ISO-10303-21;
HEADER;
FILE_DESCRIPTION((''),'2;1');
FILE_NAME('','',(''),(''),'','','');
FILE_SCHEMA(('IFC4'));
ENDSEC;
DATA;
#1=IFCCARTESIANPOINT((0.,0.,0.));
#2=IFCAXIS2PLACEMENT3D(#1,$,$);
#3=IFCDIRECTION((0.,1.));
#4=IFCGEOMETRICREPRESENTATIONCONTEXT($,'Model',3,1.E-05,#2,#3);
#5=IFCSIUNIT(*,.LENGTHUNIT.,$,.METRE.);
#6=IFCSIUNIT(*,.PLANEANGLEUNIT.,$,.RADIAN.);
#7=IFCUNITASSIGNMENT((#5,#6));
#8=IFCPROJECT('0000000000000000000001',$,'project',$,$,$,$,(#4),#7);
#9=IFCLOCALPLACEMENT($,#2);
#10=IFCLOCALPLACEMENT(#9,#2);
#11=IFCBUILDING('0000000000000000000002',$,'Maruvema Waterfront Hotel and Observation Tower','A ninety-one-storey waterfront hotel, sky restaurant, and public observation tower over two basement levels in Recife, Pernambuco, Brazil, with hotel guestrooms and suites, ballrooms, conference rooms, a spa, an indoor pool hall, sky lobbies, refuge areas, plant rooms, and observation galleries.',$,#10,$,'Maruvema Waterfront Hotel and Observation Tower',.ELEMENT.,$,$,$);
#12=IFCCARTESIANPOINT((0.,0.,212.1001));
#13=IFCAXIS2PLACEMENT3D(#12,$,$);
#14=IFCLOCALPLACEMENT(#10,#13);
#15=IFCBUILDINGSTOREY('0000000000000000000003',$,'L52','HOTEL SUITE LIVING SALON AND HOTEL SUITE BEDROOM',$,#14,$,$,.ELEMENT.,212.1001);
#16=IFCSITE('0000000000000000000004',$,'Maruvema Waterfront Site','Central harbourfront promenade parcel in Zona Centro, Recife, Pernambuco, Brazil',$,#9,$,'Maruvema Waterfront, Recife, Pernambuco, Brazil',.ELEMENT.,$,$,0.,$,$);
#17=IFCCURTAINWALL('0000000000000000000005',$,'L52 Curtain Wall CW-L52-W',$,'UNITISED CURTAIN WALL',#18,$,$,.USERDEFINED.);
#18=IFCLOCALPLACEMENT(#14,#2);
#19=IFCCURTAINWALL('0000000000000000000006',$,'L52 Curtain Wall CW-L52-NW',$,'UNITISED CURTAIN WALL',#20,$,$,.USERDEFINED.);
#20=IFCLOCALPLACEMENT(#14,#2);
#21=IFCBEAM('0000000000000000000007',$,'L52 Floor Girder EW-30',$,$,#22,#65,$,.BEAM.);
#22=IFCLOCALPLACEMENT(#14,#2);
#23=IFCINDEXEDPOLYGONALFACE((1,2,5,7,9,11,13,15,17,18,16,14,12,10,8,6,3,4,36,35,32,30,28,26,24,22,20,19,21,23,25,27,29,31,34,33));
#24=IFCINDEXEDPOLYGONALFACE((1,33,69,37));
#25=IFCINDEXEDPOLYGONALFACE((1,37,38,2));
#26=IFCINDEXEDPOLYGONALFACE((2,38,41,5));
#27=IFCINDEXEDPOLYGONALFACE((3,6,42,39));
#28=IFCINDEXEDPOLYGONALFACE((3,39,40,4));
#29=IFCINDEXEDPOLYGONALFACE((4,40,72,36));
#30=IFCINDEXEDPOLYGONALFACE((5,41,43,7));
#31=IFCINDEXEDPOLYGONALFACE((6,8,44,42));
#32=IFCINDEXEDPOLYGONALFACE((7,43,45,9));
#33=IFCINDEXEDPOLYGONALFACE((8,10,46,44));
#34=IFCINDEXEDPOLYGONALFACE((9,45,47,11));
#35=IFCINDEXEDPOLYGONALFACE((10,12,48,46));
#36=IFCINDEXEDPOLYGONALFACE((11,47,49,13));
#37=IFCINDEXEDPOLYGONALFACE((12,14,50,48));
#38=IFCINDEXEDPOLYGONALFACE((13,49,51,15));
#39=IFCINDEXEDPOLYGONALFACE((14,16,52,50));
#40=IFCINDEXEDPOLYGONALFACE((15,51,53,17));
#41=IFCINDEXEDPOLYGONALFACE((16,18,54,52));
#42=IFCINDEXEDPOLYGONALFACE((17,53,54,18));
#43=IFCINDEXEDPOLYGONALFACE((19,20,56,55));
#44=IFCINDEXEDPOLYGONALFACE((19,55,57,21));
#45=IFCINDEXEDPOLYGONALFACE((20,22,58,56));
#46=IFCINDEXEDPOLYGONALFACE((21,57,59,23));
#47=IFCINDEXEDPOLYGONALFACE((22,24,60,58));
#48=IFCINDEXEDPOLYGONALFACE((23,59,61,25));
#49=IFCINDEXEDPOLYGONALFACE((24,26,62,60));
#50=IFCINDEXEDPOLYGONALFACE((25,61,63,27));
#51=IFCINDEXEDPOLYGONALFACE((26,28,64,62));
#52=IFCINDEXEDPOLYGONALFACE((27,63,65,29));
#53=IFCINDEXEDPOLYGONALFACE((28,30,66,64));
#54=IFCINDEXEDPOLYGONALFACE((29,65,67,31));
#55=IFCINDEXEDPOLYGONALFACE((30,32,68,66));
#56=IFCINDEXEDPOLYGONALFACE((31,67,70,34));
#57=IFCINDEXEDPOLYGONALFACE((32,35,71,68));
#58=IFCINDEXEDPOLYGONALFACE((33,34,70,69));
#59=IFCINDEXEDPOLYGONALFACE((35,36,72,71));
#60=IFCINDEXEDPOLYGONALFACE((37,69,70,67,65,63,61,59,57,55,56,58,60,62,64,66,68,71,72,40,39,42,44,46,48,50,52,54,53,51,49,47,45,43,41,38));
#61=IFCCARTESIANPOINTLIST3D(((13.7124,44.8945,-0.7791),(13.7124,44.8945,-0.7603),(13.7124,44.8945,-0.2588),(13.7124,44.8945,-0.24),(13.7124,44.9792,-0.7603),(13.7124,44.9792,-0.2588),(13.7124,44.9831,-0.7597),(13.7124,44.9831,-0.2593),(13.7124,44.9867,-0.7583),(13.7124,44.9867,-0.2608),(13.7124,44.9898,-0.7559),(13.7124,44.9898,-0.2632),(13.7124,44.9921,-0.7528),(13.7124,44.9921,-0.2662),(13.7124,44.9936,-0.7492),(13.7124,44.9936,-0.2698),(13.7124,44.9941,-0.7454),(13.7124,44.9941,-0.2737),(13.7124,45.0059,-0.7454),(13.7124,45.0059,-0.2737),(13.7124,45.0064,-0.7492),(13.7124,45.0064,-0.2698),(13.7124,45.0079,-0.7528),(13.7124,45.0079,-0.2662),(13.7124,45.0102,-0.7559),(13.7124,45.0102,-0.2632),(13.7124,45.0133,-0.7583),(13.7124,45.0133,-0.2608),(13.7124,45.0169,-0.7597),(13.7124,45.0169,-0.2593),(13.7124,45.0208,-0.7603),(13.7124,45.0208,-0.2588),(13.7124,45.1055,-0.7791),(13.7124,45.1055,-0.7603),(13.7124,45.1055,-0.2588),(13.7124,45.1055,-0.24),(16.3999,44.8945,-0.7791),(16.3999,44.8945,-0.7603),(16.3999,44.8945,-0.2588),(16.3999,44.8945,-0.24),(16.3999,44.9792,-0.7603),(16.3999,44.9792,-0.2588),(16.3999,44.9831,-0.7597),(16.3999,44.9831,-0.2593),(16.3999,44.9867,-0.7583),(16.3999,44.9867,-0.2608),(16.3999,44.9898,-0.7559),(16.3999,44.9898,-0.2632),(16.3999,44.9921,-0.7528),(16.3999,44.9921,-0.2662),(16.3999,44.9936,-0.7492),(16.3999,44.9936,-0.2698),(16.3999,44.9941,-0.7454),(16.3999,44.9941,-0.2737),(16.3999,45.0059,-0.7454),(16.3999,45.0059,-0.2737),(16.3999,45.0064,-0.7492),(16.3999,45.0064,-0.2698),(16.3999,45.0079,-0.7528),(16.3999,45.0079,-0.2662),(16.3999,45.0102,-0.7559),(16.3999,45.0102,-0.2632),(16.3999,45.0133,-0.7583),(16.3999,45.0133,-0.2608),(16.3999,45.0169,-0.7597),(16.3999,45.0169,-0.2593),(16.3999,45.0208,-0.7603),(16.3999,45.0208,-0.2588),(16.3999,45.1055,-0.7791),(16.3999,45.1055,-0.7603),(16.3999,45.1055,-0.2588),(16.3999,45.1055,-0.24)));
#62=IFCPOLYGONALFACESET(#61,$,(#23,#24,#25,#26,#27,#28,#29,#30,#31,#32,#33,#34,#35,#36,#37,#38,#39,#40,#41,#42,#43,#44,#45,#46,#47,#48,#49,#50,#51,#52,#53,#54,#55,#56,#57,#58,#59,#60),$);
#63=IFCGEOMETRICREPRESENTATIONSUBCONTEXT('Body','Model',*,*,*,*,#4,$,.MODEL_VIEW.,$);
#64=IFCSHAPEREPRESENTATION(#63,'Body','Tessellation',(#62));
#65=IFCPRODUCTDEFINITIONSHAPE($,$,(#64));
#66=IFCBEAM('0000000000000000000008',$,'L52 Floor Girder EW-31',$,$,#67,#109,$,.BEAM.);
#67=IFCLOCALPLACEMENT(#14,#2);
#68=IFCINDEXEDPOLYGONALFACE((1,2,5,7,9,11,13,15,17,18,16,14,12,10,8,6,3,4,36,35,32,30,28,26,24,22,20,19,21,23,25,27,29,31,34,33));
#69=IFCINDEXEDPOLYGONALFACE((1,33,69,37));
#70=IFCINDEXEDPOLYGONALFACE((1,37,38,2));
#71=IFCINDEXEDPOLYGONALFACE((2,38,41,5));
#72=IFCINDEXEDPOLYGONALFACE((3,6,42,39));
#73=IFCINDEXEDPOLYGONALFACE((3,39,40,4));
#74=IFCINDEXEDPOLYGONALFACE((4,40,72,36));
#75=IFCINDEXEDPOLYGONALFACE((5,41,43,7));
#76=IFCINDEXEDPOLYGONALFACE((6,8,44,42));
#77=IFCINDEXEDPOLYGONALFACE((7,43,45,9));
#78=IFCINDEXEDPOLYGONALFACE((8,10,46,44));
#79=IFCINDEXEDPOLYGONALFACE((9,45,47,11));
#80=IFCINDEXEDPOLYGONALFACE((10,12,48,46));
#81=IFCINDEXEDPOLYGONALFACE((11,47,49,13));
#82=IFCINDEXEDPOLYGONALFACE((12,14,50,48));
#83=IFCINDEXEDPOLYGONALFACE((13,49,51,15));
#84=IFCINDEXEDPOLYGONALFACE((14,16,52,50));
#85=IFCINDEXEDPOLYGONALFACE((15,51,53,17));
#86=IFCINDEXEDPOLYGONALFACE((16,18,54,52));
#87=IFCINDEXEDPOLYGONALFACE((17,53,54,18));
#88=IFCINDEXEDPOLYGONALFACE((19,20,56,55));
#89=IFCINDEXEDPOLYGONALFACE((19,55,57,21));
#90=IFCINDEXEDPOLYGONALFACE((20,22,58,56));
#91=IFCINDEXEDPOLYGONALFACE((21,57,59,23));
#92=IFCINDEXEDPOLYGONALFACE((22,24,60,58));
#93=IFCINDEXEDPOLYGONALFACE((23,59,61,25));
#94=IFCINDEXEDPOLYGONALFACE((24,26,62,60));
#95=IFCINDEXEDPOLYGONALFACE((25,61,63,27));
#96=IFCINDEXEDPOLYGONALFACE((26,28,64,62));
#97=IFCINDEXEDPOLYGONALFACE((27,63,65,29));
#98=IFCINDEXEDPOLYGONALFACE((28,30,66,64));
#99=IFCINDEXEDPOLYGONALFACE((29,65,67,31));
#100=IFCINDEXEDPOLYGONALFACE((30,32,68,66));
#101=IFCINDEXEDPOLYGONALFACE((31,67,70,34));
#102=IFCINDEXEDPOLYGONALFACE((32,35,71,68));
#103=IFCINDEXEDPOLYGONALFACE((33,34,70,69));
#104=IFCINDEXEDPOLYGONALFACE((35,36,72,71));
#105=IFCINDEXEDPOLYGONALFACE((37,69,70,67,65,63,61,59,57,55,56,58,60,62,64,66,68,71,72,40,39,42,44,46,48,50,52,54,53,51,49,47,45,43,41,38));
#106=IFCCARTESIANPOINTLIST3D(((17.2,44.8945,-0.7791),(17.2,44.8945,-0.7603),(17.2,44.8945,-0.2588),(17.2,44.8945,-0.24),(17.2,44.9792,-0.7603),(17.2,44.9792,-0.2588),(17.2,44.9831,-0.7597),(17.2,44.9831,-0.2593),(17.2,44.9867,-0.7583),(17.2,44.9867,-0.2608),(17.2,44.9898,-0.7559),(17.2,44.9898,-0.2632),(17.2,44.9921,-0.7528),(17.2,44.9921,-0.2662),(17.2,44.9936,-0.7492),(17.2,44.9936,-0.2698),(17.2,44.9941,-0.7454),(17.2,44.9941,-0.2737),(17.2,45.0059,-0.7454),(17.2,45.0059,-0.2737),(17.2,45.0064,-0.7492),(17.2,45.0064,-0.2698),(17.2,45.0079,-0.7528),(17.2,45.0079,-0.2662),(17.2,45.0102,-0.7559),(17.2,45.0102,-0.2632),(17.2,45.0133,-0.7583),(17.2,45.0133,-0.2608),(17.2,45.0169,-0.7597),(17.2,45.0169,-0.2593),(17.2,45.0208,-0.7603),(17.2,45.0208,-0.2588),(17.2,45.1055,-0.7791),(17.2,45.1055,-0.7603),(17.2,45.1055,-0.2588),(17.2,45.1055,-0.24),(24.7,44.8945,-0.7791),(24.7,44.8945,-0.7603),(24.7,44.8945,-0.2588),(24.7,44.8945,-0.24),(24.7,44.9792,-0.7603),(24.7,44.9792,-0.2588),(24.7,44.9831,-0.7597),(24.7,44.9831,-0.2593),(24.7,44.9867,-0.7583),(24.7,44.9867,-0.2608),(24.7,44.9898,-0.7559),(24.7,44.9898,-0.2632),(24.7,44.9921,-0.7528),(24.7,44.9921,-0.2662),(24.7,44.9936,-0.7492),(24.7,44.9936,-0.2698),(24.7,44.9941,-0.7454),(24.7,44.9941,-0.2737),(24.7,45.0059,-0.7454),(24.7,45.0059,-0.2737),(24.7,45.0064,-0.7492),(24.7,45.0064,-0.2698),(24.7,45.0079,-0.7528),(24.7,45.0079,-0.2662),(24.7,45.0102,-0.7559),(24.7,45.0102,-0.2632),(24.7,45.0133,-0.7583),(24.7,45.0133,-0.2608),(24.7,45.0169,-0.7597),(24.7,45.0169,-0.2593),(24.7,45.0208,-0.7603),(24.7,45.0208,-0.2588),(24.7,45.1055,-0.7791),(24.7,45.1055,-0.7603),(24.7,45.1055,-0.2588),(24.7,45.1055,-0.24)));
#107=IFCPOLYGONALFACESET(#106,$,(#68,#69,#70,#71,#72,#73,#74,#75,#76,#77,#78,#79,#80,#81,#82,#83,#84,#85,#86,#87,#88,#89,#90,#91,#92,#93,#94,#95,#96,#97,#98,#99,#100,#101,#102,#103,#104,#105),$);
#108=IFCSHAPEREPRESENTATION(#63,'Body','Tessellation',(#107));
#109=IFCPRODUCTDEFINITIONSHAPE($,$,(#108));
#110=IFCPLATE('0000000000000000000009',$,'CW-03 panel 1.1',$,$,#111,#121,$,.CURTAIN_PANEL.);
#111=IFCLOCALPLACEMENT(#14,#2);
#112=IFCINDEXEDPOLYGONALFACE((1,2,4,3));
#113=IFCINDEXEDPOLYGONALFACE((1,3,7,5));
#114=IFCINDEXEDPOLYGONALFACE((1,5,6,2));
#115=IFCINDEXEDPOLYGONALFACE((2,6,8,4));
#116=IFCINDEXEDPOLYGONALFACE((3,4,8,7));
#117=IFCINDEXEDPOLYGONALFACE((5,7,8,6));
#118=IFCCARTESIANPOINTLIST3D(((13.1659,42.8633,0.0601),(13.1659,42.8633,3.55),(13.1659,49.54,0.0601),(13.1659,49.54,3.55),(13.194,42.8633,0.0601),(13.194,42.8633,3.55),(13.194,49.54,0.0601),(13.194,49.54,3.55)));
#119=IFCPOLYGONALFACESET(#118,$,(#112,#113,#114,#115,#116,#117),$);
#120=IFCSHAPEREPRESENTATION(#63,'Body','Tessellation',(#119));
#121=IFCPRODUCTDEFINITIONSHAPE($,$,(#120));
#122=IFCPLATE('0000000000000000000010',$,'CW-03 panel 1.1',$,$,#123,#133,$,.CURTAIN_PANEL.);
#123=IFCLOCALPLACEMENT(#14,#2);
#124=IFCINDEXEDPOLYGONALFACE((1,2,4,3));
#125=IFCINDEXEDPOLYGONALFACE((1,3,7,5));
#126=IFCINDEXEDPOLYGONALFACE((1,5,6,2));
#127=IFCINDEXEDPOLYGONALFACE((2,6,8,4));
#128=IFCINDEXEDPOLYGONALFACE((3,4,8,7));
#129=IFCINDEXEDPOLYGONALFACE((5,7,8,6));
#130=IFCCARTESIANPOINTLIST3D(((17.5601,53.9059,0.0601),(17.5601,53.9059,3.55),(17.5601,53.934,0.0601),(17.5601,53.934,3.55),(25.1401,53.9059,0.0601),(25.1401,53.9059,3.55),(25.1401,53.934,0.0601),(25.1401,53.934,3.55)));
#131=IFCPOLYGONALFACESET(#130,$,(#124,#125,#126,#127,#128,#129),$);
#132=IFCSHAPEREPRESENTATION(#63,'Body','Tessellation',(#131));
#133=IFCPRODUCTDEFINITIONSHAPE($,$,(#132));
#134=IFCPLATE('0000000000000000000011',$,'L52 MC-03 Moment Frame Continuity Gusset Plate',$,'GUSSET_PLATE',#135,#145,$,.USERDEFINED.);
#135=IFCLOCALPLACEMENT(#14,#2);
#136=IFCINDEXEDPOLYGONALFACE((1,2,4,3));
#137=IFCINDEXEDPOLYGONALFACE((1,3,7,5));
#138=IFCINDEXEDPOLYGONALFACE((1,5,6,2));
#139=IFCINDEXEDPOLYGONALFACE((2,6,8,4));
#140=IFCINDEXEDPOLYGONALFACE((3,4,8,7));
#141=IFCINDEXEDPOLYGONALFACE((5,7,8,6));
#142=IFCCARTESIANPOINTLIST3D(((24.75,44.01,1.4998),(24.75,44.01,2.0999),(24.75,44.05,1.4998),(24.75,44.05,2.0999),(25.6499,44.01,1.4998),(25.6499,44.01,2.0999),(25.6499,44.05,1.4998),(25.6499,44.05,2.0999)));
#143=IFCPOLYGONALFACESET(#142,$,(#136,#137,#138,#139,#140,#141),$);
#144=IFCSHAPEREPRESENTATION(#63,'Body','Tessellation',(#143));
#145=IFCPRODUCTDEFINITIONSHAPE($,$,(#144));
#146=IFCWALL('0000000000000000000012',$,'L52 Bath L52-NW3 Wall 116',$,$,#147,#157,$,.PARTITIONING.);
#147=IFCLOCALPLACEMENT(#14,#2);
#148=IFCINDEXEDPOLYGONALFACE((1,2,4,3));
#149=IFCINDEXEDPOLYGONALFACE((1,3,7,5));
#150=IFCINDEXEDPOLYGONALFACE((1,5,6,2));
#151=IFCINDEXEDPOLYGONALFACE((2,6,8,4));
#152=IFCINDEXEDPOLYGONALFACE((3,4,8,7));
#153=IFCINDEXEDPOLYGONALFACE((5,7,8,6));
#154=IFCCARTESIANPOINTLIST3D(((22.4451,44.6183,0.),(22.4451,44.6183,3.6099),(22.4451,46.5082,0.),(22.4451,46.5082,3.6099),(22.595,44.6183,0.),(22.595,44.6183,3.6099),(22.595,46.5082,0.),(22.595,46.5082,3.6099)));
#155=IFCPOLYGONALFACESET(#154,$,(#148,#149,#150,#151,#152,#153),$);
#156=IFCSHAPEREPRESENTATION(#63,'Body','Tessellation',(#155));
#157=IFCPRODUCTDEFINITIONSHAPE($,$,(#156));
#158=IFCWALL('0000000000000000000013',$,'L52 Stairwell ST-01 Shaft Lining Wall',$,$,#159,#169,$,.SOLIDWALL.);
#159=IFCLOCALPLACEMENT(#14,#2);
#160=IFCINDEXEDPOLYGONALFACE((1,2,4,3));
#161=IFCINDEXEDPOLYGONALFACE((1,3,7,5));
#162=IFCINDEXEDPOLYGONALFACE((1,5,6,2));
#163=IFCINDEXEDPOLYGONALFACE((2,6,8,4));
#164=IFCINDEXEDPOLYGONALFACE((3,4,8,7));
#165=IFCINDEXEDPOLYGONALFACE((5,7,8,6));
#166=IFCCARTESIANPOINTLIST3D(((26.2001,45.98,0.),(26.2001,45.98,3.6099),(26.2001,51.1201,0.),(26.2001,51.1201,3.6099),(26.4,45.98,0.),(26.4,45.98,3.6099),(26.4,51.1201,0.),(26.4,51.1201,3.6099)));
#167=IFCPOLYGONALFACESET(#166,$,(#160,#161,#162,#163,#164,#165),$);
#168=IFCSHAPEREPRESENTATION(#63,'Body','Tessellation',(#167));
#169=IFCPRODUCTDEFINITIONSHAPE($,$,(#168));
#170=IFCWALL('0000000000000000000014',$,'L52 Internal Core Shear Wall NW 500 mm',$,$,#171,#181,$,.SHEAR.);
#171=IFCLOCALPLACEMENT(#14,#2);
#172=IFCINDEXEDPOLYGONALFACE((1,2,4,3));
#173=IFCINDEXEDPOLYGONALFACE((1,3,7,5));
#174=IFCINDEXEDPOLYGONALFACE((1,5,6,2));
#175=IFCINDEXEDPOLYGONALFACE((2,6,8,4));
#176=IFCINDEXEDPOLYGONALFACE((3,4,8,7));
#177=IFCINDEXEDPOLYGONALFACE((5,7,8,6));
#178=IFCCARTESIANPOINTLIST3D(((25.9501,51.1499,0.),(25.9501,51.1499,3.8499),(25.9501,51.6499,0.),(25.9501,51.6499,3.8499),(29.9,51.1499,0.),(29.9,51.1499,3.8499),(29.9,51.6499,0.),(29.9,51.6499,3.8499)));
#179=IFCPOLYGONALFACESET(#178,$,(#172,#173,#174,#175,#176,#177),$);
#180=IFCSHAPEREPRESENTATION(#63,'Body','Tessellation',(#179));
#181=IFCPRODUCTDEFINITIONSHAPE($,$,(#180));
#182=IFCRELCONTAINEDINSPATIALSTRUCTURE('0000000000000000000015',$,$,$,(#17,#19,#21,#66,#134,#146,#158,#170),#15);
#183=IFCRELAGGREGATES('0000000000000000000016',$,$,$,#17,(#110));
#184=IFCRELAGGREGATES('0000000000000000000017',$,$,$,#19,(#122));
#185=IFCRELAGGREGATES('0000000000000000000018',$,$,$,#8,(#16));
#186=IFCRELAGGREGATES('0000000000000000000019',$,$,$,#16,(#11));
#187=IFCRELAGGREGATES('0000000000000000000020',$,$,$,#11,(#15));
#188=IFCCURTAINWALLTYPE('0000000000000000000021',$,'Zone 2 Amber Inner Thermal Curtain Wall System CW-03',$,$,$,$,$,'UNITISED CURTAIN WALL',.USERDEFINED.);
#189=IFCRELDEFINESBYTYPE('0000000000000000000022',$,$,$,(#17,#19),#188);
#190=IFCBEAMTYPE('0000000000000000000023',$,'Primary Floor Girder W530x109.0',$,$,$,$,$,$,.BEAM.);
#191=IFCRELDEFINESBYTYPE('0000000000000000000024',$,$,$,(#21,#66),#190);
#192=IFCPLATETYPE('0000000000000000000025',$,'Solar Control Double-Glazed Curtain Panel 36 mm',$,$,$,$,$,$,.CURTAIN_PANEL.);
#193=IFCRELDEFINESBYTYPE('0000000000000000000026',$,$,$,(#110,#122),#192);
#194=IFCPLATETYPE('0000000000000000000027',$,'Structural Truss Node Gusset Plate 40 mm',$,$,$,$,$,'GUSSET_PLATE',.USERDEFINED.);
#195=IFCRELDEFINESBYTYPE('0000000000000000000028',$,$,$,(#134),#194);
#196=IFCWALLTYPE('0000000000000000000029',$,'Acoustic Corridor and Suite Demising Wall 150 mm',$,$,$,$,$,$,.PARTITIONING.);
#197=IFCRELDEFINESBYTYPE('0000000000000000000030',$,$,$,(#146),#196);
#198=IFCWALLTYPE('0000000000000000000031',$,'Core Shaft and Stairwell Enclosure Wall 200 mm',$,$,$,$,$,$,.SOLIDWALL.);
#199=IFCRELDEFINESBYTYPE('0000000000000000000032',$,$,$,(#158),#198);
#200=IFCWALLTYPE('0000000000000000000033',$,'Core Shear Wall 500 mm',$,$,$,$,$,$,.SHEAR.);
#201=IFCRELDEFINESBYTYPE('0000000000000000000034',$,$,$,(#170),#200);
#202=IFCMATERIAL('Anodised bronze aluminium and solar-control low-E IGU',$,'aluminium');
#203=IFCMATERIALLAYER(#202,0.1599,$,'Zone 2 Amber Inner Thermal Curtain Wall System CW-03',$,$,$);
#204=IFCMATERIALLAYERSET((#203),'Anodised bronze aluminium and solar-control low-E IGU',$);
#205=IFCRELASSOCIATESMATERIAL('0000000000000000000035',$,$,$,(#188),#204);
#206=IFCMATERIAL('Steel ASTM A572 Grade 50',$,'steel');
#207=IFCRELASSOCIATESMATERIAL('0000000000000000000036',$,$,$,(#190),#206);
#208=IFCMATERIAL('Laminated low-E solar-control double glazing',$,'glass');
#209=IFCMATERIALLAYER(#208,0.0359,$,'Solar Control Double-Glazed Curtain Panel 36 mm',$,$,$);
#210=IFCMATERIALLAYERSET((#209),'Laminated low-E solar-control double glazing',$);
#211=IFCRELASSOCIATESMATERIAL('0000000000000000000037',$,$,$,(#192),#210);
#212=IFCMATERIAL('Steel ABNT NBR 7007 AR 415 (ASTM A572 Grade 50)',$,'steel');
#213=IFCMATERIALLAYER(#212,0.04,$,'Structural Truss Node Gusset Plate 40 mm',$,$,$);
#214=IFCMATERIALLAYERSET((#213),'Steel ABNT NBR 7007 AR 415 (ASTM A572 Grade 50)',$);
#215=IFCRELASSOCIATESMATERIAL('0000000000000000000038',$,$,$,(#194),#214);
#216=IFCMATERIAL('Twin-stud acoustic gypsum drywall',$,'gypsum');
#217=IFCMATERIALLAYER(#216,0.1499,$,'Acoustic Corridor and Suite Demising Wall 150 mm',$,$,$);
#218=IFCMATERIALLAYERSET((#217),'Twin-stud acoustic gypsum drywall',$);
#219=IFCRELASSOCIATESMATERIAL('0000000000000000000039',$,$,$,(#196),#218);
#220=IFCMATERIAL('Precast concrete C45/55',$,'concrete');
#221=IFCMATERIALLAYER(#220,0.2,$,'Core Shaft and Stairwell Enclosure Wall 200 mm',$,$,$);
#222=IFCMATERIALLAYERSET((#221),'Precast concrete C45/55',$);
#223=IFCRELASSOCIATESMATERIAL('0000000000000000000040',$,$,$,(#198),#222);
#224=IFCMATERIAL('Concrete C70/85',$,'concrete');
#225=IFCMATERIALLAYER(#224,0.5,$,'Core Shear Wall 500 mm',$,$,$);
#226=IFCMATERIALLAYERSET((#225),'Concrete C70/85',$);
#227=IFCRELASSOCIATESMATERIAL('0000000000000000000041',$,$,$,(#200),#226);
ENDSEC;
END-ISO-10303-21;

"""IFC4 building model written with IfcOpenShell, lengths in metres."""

from ifc_helpers import new_model, si_unit, direction, frame, frame_2d, origin, origin_2d, place, context, subcontext, project, spatial, rectangle, i_section, extrude, material, layer, layer_set, material_profile, profile_set, type_object, element, aggregate, save


model = new_model("IFC4")

# Units and contexts
model_context = context("Model", 3, precision=1e-05, world=origin(), true_north=direction((0.0, 1.0)))
body_context = subcontext(model_context, "Body", "Model", "MODEL_VIEW")
ifc_project = project(units=[si_unit("LENGTHUNIT", "METRE"), si_unit("PLANEANGLEUNIT", "RADIAN")], contexts=[model_context])

# Site, building, storey
site_placement = place(None, origin())
site = spatial("IfcSite", under=ifc_project, at=site_placement, Name="Maruvema Waterfront Site", Description="Central harbourfront promenade parcel in Zona Centro, Recife, Pernambuco, Brazil", LongName="Maruvema Waterfront, Recife, Pernambuco, Brazil", CompositionType="ELEMENT", RefElevation=0.0)
building_placement = place(site_placement, origin())
building = spatial("IfcBuilding", under=site, at=building_placement, Name="Maruvema Waterfront Hotel and Observation Tower", Description="A ninety-one-storey waterfront hotel, sky restaurant, and public observation tower over two basement levels in Recife, Pernambuco, Brazil, with hotel guestrooms and suites, ballrooms, conference rooms, a spa, an indoor pool hall, sky lobbies, refuge areas, plant rooms, and observation galleries.", LongName="Maruvema Waterfront Hotel and Observation Tower", CompositionType="ELEMENT")
storey_placement = place(building_placement, frame((0.0, 0.0, 212.1001)))
storey = spatial("IfcBuildingStorey", under=building, at=storey_placement, Name="L52", Description="HOTEL SUITE LIVING SALON AND HOTEL SUITE BEDROOM", CompositionType="ELEMENT", Elevation=212.1001)

# Curtain walls
ifc_material_1 = material(Name="Anodised bronze aluminium and solar-control low-E IGU", Category="aluminium")
ifc_layer_1 = layer(ifc_material_1, 0.1599, Name="Zone 2 Amber Inner Thermal Curtain Wall System CW-03")
ifc_layer_set_1 = layer_set([ifc_layer_1], Name="Anodised bronze aluminium and solar-control low-E IGU")
curtain_wall_type = type_object("IfcCurtainWallType", Name="Zone 2 Amber Inner Thermal Curtain Wall System CW-03", ElementType="UNITISED CURTAIN WALL", PredefinedType="USERDEFINED", material=ifc_layer_set_1)
curtain_wall_1_placement = place(storey_placement, origin())
curtain_wall_1 = element("IfcCurtainWall", 1, at=curtain_wall_1_placement, inside=storey, type_object=curtain_wall_type, Name="L52 Curtain Wall CW-L52-W", ObjectType="UNITISED CURTAIN WALL", PredefinedType="USERDEFINED")
curtain_wall_2_placement = place(storey_placement, origin())
curtain_wall_2 = element("IfcCurtainWall", 2, at=curtain_wall_2_placement, inside=storey, type_object=curtain_wall_type, Name="L52 Curtain Wall CW-L52-NW", ObjectType="UNITISED CURTAIN WALL", PredefinedType="USERDEFINED")

# Beams
ifc_material_2 = material(Name="Steel ASTM A572 Grade 50", Category="steel")
ifc_material_profile_1 = material_profile(ifc_material_2, i_section(OverallWidth=0.2109, OverallDepth=0.5391, WebThickness=0.0117, FlangeThickness=0.0188, FilletRadius=0.0149, at=origin_2d()), Name="W530x109.0")
ifc_profile_set_1 = profile_set([ifc_material_profile_1], Name="Steel ASTM A572 Grade 50")
beam_type = type_object("IfcBeamType", Name="Primary Floor Girder W530x109.0", PredefinedType="BEAM", material=ifc_profile_set_1)
beam_1_placement = place(storey_placement, frame((13.7124, 45.0, -0.5095), z_axis=(1.0, 0.0, 0.0), x_axis=(0.0, 1.0, 0.0)))
element("IfcBeam", 3, at=beam_1_placement, inside=storey, type_object=beam_type, Name="L52 Floor Girder EW-30", PredefinedType="BEAM", context=body_context, shape_type="SweptSolid", body=[
    extrude(i_section(OverallWidth=0.2109, OverallDepth=0.5391, WebThickness=0.0117, FlangeThickness=0.0188, FilletRadius=0.0149, at=origin_2d()), origin(), (0.0, 0.0, 1.0), 2.6875),
])
beam_2_placement = place(storey_placement, frame((17.2, 45.0, -0.5095), z_axis=(1.0, 0.0, 0.0), x_axis=(0.0, 1.0, 0.0)))
element("IfcBeam", 4, at=beam_2_placement, inside=storey, type_object=beam_type, Name="L52 Floor Girder EW-31", PredefinedType="BEAM", context=body_context, shape_type="SweptSolid", body=[
    extrude(i_section(OverallWidth=0.2109, OverallDepth=0.5391, WebThickness=0.0117, FlangeThickness=0.0188, FilletRadius=0.0149, at=origin_2d()), origin(), (0.0, 0.0, 1.0), 7.5),
])

# Plates
ifc_material_3 = material(Name="Laminated low-E solar-control double glazing", Category="glass")
ifc_layer_2 = layer(ifc_material_3, 0.0359, Name="Solar Control Double-Glazed Curtain Panel 36 mm")
ifc_layer_set_2 = layer_set([ifc_layer_2], Name="Laminated low-E solar-control double glazing")
plate_type_1 = type_object("IfcPlateType", Name="Solar Control Double-Glazed Curtain Panel 36 mm", PredefinedType="CURTAIN_PANEL", material=ifc_layer_set_2)
plate_1_placement = place(storey_placement, frame((13.1799, 46.2017, 0.0601), z_axis=(0.0, 0.0, 1.0), x_axis=(0.0, -1.0, 0.0)))
plate_1 = element("IfcPlate", 5, at=plate_1_placement, type_object=plate_type_1, Name="CW-03 panel 1.1", PredefinedType="CURTAIN_PANEL", context=body_context, shape_type="SweptSolid", body=[
    extrude(rectangle(XDim=6.6768, YDim=0.0281, at=origin_2d()), origin(), (0.0, 0.0, 1.0), 3.49),
])
aggregate(curtain_wall_1, [plate_1])
plate_2_placement = place(storey_placement, frame((21.3501, 53.9199, 0.0601), z_axis=(0.0, 0.0, 1.0), x_axis=(-1.0, 0.0, 0.0)))
plate_2 = element("IfcPlate", 6, at=plate_2_placement, type_object=plate_type_1, Name="CW-03 panel 1.1", PredefinedType="CURTAIN_PANEL", context=body_context, shape_type="SweptSolid", body=[
    extrude(rectangle(XDim=7.5801, YDim=0.0281, at=origin_2d()), origin(), (0.0, 0.0, 1.0), 3.49),
])
aggregate(curtain_wall_2, [plate_2])
ifc_material_4 = material(Name="Steel ABNT NBR 7007 AR 415 (ASTM A572 Grade 50)", Category="steel")
ifc_layer_3 = layer(ifc_material_4, 0.04, Name="Structural Truss Node Gusset Plate 40 mm")
ifc_layer_set_3 = layer_set([ifc_layer_3], Name="Steel ABNT NBR 7007 AR 415 (ASTM A572 Grade 50)")
plate_type_2 = type_object("IfcPlateType", Name="Structural Truss Node Gusset Plate 40 mm", ElementType="GUSSET_PLATE", PredefinedType="USERDEFINED", material=ifc_layer_set_3)
plate_3_placement = place(storey_placement, frame((25.2, 44.03, 1.4998), z_axis=(0.0, 0.0, 1.0), x_axis=(1.0, 0.0, 0.0)))
element("IfcPlate", 7, at=plate_3_placement, inside=storey, type_object=plate_type_2, Name="L52 MC-03 Moment Frame Continuity Gusset Plate", ObjectType="GUSSET_PLATE", PredefinedType="USERDEFINED", context=body_context, shape_type="SweptSolid", body=[
    extrude(rectangle(XDim=0.8999, YDim=0.04, at=origin_2d()), origin(), (0.0, 0.0, 1.0), 0.6001),
])

# Wall
ifc_material_5 = material(Name="Twin-stud acoustic gypsum drywall", Category="gypsum")
ifc_layer_4 = layer(ifc_material_5, 0.1499, Name="Acoustic Corridor and Suite Demising Wall 150 mm")
ifc_layer_set_4 = layer_set([ifc_layer_4], Name="Twin-stud acoustic gypsum drywall")
wall_type_1 = type_object("IfcWallType", Name="Acoustic Corridor and Suite Demising Wall 150 mm", PredefinedType="PARTITIONING", material=ifc_layer_set_4)
wall_1_placement = place(storey_placement, frame((22.52, 44.6184, 0.0), z_axis=(0.0, 0.0, 1.0), x_axis=(0.0, 1.0, 0.0)))
element("IfcWall", 8, at=wall_1_placement, inside=storey, type_object=wall_type_1, Name="L52 Bath L52-NW3 Wall 116", PredefinedType="PARTITIONING", context=body_context, shape_type="SweptSolid", body=[
    extrude(rectangle(XDim=1.8899, YDim=0.1499, at=frame_2d((0.9448, 0.0))), origin(), (0.0, 0.0, 1.0), 3.6099),
])

# Walls
ifc_material_6 = material(Name="Precast concrete C45/55", Category="concrete")
ifc_layer_5 = layer(ifc_material_6, 0.2, Name="Core Shaft and Stairwell Enclosure Wall 200 mm")
ifc_layer_set_5 = layer_set([ifc_layer_5], Name="Precast concrete C45/55")
wall_type_2 = type_object("IfcWallType", Name="Core Shaft and Stairwell Enclosure Wall 200 mm", PredefinedType="SOLIDWALL", material=ifc_layer_set_5)
wall_2_placement = place(storey_placement, frame((26.3, 45.98, 0.0), z_axis=(0.0, 0.0, 1.0), x_axis=(0.0, 1.0, 0.0)))
element("IfcWall", 9, at=wall_2_placement, inside=storey, type_object=wall_type_2, Name="L52 Stairwell ST-01 Shaft Lining Wall", PredefinedType="SOLIDWALL", context=body_context, shape_type="SweptSolid", body=[
    extrude(rectangle(XDim=5.1401, YDim=0.2, at=frame_2d((2.5701, 0.0))), origin(), (0.0, 0.0, 1.0), 3.6099),
])
ifc_material_7 = material(Name="Concrete C70/85", Category="concrete")
ifc_layer_6 = layer(ifc_material_7, 0.5, Name="Core Shear Wall 500 mm")
ifc_layer_set_6 = layer_set([ifc_layer_6], Name="Concrete C70/85")
wall_type_3 = type_object("IfcWallType", Name="Core Shear Wall 500 mm", PredefinedType="SHEAR", material=ifc_layer_set_6)
wall_3_placement = place(storey_placement, frame((25.95, 51.3999, 0.0), z_axis=(0.0, 0.0, 1.0), x_axis=(1.0, 0.0, 0.0)))
element("IfcWall", 10, at=wall_3_placement, inside=storey, type_object=wall_type_3, Name="L52 Internal Core Shear Wall NW 500 mm", PredefinedType="SHEAR", context=body_context, shape_type="SweptSolid", body=[
    extrude(rectangle(XDim=3.95, YDim=0.5, at=frame_2d((1.9751, 0.0))), origin(), (0.0, 0.0, 1.0), 3.8499),
])

save(model, "model.ifc")
